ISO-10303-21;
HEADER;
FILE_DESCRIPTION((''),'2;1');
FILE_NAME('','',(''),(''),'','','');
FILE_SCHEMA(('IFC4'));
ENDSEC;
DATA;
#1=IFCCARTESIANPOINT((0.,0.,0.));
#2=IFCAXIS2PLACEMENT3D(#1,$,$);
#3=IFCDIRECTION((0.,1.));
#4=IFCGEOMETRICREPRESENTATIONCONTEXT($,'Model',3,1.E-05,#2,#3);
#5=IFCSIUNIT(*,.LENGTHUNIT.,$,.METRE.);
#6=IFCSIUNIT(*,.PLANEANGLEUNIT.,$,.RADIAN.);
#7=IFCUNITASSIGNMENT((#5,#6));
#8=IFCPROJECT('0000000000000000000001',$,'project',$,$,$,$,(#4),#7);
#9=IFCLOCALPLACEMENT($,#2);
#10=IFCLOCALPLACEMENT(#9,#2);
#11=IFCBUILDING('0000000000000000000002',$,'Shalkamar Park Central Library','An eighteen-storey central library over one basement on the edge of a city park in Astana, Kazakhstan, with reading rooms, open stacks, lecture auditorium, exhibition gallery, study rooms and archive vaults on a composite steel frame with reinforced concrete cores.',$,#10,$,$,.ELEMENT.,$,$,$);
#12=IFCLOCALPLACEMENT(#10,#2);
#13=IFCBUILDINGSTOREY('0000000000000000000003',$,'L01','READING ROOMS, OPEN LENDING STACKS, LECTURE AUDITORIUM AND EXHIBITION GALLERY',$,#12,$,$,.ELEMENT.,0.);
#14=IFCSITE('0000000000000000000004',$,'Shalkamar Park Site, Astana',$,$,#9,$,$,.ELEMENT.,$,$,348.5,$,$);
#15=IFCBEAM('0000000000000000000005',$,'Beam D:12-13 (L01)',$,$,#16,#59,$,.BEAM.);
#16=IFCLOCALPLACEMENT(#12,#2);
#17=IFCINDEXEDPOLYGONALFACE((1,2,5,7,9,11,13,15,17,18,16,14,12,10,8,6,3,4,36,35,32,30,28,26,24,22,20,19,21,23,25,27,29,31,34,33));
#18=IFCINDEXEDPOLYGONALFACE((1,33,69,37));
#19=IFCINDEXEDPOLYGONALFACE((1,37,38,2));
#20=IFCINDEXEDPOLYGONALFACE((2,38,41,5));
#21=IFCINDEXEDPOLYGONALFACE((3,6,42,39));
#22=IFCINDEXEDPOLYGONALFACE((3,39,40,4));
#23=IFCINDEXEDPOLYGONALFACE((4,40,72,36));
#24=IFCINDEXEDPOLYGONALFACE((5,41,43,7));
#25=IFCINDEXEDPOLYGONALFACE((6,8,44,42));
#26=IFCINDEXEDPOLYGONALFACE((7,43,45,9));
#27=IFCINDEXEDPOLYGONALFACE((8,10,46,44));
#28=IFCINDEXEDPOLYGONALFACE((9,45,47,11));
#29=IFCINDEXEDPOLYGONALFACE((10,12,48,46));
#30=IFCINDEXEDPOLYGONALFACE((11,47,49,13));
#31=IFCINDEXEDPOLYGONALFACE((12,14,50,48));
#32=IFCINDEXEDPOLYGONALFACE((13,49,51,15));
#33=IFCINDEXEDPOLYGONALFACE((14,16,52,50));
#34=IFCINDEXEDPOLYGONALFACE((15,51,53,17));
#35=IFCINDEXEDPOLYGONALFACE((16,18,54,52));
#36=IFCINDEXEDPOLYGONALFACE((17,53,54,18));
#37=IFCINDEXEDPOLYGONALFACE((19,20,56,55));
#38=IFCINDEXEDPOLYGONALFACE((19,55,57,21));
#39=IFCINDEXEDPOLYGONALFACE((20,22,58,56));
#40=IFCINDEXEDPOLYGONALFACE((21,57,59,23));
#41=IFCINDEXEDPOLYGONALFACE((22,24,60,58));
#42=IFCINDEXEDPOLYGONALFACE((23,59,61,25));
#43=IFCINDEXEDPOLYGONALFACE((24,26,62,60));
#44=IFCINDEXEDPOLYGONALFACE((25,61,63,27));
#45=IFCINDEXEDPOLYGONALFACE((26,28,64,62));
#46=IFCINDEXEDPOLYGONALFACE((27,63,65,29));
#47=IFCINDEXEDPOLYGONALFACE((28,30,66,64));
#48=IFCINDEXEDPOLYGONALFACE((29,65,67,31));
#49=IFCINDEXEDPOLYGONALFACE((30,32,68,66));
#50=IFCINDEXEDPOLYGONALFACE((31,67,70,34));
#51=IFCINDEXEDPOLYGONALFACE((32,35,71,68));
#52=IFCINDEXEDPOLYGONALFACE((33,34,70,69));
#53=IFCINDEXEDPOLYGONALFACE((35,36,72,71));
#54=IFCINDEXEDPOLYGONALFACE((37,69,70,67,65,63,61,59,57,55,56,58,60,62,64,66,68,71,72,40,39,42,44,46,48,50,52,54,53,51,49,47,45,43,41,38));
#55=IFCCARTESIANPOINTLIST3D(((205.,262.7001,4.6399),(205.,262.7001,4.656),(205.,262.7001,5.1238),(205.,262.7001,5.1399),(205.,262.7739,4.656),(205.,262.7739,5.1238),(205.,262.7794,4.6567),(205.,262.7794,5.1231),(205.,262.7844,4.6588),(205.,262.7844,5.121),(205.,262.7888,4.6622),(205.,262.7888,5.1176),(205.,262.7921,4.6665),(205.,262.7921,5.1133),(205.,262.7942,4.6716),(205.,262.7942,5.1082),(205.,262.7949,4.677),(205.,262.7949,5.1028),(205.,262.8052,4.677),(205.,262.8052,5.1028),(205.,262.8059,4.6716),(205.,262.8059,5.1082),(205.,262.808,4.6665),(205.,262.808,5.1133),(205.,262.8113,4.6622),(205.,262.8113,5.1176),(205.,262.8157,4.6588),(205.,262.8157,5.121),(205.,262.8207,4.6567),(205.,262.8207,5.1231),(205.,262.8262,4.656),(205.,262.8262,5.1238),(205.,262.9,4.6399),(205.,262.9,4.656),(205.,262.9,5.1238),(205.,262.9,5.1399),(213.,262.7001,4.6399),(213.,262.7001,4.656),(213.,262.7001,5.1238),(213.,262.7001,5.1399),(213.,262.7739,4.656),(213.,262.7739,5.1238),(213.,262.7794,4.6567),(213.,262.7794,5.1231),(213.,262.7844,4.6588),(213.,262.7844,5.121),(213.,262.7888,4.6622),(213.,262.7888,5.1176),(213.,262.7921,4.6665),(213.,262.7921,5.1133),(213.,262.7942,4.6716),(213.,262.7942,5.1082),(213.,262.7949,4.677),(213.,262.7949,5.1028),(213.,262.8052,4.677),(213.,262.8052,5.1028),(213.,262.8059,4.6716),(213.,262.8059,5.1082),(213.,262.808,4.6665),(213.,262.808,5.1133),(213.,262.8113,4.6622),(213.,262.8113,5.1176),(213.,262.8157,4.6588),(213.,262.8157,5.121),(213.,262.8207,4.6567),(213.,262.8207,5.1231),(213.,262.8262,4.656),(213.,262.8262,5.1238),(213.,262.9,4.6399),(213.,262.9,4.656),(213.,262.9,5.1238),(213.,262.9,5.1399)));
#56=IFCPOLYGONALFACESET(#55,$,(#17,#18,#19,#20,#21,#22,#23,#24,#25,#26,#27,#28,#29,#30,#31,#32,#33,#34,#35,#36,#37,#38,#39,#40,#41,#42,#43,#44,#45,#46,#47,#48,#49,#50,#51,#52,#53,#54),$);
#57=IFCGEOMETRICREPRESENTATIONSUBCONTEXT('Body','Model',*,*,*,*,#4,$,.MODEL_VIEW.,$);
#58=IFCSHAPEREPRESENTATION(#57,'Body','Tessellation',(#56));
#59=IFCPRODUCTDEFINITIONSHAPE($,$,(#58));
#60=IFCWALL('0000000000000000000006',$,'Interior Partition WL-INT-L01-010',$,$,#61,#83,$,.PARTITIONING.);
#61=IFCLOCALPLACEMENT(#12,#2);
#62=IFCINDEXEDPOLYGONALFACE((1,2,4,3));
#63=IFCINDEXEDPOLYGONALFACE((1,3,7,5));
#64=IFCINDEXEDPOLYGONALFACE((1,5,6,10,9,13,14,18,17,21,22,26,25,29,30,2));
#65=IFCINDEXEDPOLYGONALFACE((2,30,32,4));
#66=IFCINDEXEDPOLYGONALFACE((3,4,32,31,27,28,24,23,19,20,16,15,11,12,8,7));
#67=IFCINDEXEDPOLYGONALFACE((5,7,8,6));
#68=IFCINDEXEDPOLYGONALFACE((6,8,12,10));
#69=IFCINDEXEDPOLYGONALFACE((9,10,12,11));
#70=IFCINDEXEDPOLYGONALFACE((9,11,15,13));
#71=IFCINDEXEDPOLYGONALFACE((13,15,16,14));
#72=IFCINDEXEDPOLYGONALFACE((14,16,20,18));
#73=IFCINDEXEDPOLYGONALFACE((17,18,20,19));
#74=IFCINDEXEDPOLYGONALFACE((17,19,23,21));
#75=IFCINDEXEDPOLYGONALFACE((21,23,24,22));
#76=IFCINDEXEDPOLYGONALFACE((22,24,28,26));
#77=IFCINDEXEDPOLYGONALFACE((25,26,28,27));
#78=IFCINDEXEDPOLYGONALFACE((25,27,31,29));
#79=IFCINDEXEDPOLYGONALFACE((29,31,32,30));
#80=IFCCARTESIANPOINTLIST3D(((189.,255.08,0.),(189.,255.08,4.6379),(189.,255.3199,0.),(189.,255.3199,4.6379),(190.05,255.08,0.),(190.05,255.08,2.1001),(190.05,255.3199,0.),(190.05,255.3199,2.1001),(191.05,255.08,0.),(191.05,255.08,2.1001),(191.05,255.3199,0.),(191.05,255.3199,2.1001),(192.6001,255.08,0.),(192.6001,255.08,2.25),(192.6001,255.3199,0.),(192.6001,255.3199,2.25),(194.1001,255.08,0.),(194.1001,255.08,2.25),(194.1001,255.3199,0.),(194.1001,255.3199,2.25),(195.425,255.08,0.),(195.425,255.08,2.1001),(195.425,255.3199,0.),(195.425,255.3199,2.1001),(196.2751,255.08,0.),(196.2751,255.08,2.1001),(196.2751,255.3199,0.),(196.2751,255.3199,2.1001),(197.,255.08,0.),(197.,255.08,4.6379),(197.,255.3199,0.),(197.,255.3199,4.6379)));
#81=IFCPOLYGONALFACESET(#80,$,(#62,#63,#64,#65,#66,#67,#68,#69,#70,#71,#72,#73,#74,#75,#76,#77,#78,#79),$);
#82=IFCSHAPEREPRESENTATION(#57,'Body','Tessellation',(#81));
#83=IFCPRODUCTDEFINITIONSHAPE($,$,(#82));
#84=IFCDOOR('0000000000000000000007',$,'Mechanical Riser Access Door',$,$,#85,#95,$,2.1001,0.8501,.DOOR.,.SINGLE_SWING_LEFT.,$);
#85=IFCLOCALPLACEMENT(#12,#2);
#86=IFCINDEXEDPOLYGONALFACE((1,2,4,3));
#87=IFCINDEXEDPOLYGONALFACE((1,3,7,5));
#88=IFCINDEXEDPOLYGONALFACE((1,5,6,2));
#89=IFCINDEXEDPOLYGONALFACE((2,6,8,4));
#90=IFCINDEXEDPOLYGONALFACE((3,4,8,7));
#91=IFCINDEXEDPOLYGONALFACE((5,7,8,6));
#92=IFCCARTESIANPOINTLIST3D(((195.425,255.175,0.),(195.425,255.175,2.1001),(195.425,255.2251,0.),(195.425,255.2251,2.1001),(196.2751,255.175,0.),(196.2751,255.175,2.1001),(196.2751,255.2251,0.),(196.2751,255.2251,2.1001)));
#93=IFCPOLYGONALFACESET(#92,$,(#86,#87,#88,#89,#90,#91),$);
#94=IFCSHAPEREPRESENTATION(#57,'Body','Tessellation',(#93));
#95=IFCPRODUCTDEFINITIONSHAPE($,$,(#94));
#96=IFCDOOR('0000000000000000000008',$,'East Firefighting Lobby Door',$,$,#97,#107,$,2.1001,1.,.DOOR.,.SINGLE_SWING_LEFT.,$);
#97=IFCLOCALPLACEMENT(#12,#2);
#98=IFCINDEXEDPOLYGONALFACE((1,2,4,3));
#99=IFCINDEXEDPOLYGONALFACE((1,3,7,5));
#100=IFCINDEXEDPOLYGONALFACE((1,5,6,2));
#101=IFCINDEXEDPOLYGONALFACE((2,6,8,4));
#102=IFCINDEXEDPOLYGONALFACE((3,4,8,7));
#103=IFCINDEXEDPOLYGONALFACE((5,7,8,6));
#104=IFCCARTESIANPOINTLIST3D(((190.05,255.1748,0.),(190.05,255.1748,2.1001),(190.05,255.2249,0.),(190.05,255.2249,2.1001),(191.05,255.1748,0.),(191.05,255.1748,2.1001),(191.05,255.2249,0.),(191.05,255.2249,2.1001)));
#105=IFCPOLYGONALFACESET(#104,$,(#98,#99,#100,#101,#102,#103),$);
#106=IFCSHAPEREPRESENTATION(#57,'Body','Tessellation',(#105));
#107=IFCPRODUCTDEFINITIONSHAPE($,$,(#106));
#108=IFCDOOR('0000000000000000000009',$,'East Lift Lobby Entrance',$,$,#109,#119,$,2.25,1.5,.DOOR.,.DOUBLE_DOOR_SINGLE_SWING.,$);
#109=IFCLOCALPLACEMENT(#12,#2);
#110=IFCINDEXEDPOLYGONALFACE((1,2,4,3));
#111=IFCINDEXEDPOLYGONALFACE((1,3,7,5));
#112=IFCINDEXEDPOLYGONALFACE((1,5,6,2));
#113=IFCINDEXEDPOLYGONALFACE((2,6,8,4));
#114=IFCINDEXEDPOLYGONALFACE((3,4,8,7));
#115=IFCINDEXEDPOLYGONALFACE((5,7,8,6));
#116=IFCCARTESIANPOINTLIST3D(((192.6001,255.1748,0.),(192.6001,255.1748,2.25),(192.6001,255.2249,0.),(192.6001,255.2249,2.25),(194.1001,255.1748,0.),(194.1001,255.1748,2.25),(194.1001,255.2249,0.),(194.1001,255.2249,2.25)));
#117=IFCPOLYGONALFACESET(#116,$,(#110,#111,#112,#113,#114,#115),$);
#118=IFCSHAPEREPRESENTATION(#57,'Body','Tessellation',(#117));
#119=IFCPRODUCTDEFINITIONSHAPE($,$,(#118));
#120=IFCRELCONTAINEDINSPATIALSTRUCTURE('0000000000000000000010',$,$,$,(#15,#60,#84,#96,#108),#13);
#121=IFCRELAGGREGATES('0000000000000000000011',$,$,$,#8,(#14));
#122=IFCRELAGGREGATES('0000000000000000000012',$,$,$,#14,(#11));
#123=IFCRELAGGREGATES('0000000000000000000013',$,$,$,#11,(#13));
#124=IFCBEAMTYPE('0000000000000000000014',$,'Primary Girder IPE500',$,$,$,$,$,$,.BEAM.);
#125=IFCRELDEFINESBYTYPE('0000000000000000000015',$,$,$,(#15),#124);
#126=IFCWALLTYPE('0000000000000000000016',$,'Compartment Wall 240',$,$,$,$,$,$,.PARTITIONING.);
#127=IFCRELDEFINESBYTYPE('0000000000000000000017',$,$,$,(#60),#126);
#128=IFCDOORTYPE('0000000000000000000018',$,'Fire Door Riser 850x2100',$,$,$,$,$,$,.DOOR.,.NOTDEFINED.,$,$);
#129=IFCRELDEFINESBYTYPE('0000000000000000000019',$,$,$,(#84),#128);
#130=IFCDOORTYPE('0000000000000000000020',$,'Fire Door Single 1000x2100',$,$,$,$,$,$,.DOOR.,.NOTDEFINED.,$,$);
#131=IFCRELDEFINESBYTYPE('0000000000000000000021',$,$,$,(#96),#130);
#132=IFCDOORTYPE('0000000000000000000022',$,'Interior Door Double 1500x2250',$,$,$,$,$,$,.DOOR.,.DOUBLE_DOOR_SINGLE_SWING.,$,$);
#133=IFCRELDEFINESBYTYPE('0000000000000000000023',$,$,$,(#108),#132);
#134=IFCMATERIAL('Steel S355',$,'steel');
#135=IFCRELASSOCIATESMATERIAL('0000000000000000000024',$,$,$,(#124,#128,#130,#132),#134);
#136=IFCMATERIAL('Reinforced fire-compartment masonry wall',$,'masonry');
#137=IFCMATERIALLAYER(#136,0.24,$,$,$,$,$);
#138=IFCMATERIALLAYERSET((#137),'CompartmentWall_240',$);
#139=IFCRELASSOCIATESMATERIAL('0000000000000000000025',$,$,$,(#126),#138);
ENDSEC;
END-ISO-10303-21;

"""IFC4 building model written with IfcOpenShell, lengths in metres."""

from ifc_helpers import new_model, si_unit, direction, frame, frame_2d, origin, origin_2d, place, context, subcontext, project, spatial, rectangle, i_section, extrude, material, layer, layer_set, material_profile, profile_set, type_object, element, fill, save


model = new_model("IFC4")

# Units and contexts
model_context = context("Model", 3, precision=1e-05, world=origin(), true_north=direction((0.0, 1.0)))
body_context = subcontext(model_context, "Body", "Model", "MODEL_VIEW")
ifc_project = project(units=[si_unit("LENGTHUNIT", "METRE"), si_unit("PLANEANGLEUNIT", "RADIAN")], contexts=[model_context])

# Site, building, storey
site_placement = place(None, origin())
site = spatial("IfcSite", under=ifc_project, at=site_placement, Name="Shalkamar Park Site, Astana", CompositionType="ELEMENT", RefElevation=348.5)
building_placement = place(site_placement, origin())
building = spatial("IfcBuilding", under=site, at=building_placement, Name="Shalkamar Park Central Library", Description="An eighteen-storey central library over one basement on the edge of a city park in Astana, Kazakhstan, with reading rooms, open stacks, lecture auditorium, exhibition gallery, study rooms and archive vaults on a composite steel frame with reinforced concrete cores.", CompositionType="ELEMENT")
storey_placement = place(building_placement, origin())
storey = spatial("IfcBuildingStorey", under=building, at=storey_placement, Name="L01", Description="READING ROOMS, OPEN LENDING STACKS, LECTURE AUDITORIUM AND EXHIBITION GALLERY", CompositionType="ELEMENT", Elevation=0.0)

# Shared definitions
ifc_material_1 = material(Name="Steel S355", Category="steel")

# Beam
ifc_material_profile_1 = material_profile(ifc_material_1, i_section(OverallWidth=0.2, OverallDepth=0.5, WebThickness=0.0103, FlangeThickness=0.0161, FilletRadius=0.021, at=origin_2d()), Name="IPE 500")
ifc_profile_set_1 = profile_set([ifc_material_profile_1], Name="Steel S355")
beam_type_1 = type_object("IfcBeamType", Name="Primary Girder IPE500", PredefinedType="BEAM", material=ifc_profile_set_1)
for number, where, z_axis, x_axis, name in (
    (1, (205.0, 262.8, 4.8899), (1.0, 0.0, 0.0), (0.0, 1.0, 0.0), "Beam D:12-13 (L01)"),
):
    element("IfcBeam", number, at=place(storey_placement, frame(where, z_axis=z_axis, x_axis=x_axis)), inside=storey, type_object=beam_type_1, Name=name, PredefinedType="BEAM", context=body_context, shape_type="SweptSolid", body=[
        extrude(i_section(OverallWidth=0.2, OverallDepth=0.5, WebThickness=0.0103, FlangeThickness=0.0161, FilletRadius=0.021, at=origin_2d()), origin(), (0.0, 0.0, 1.0), 8.0),
    ])

# Wall, openings, doors
ifc_material_2 = material(Name="Reinforced fire-compartment masonry wall", Category="masonry")
ifc_layer_1 = layer(ifc_material_2, 0.24)
ifc_layer_set_1 = layer_set([ifc_layer_1], Name="CompartmentWall_240")
wall_type_1 = type_object("IfcWallType", Name="Compartment Wall 240", PredefinedType="PARTITIONING", material=ifc_layer_set_1)
wall_1_placement = place(storey_placement, frame((189.0, 255.2, 0.0), z_axis=(0.0, 0.0, 1.0), x_axis=(1.0, 0.0, 0.0)))
wall_1 = element("IfcWall", 2, at=wall_1_placement, inside=storey, type_object=wall_type_1, Name="Interior Partition WL-INT-L01-010", PredefinedType="PARTITIONING", context=body_context, shape_type="SweptSolid", body=[
    extrude(rectangle(XDim=8.0, YDim=0.24, at=frame_2d((4.0, 0.0))), origin(), (0.0, 0.0, 1.0), 4.6379),
])
opening_1_placement = place(wall_1_placement, frame((1.05, 0.0, 0.0)))
opening_1 = element("IfcOpeningElement", 3, at=opening_1_placement, cuts=wall_1, PredefinedType="OPENING", context=body_context, shape_type="SweptSolid", body=[
    extrude(rectangle(XDim=1.0, YDim=2.1001, at=frame_2d((0.5, 1.05))), frame((0.0, 0.1348, 0.0), z_axis=(0.0, -1.0, 0.0), x_axis=(1.0, 0.0, 0.0)), (0.0, 0.0, 1.0), 0.2698),
])
opening_2_placement = place(wall_1_placement, frame((3.6001, 0.0, 0.0)))
opening_2 = element("IfcOpeningElement", 4, at=opening_2_placement, cuts=wall_1, PredefinedType="OPENING", context=body_context, shape_type="SweptSolid", body=[
    extrude(rectangle(XDim=1.5, YDim=2.25, at=frame_2d((0.75, 1.125))), frame((0.0, 0.1348, 0.0), z_axis=(0.0, -1.0, 0.0), x_axis=(1.0, 0.0, 0.0)), (0.0, 0.0, 1.0), 0.2698),
])
opening_3_placement = place(wall_1_placement, frame((6.425, 0.0, 0.0)))
opening_3 = element("IfcOpeningElement", 5, at=opening_3_placement, cuts=wall_1, PredefinedType="OPENING", context=body_context, shape_type="SweptSolid", body=[
    extrude(rectangle(XDim=0.8501, YDim=2.1001, at=frame_2d((0.425, 1.05))), frame((0.0, 0.1348, 0.0), z_axis=(0.0, -1.0, 0.0), x_axis=(1.0, 0.0, 0.0)), (0.0, 0.0, 1.0), 0.2698),
])
door_type_1 = type_object("IfcDoorType", Name="Fire Door Riser 850x2100", OperationType="NOTDEFINED", PredefinedType="DOOR", material=ifc_material_1)
door_1_placement = place(opening_3_placement, frame((0.8501, 0.0, 0.0), z_axis=(0.0, 0.0, 1.0), x_axis=(-1.0, 0.0, 0.0)))
door_1 = element("IfcDoor", 6, at=door_1_placement, inside=storey, type_object=door_type_1, Name="Mechanical Riser Access Door", OperationType="SINGLE_SWING_LEFT", OverallHeight=2.1001, OverallWidth=0.8501, PredefinedType="DOOR", context=body_context, shape_type="SweptSolid", body=[
    extrude(rectangle(XDim=0.8501, YDim=2.1001, at=frame_2d((0.425, 1.05))), frame((0.0, 0.0249, 0.0), z_axis=(0.0, -1.0, 0.0), x_axis=(1.0, 0.0, 0.0)), (0.0, 0.0, 1.0), 0.05),
])
fill(opening_3, door_1)
door_type_2 = type_object("IfcDoorType", Name="Fire Door Single 1000x2100", OperationType="NOTDEFINED", PredefinedType="DOOR", material=ifc_material_1)
door_2_placement = place(opening_1_placement, origin())
door_2 = element("IfcDoor", 7, at=door_2_placement, inside=storey, type_object=door_type_2, Name="East Firefighting Lobby Door", OperationType="SINGLE_SWING_LEFT", OverallHeight=2.1001, OverallWidth=1.0, PredefinedType="DOOR", context=body_context, shape_type="SweptSolid", body=[
    extrude(rectangle(XDim=1.0, YDim=2.1001, at=frame_2d((0.5, 1.05))), frame((0.0, 0.0249, 0.0), z_axis=(0.0, -1.0, 0.0), x_axis=(1.0, 0.0, 0.0)), (0.0, 0.0, 1.0), 0.05),
])
fill(opening_1, door_2)
door_type_3 = type_object("IfcDoorType", Name="Interior Door Double 1500x2250", OperationType="DOUBLE_DOOR_SINGLE_SWING", PredefinedType="DOOR", material=ifc_material_1)
door_3_placement = place(opening_2_placement, origin())
door_3 = element("IfcDoor", 8, at=door_3_placement, inside=storey, type_object=door_type_3, Name="East Lift Lobby Entrance", OperationType="DOUBLE_DOOR_SINGLE_SWING", OverallHeight=2.25, OverallWidth=1.5, PredefinedType="DOOR", context=body_context, shape_type="SweptSolid", body=[
    extrude(rectangle(XDim=1.5, YDim=2.25, at=frame_2d((0.75, 1.125))), frame((0.0, 0.0249, 0.0), z_axis=(0.0, -1.0, 0.0), x_axis=(1.0, 0.0, 0.0)), (0.0, 0.0, 1.0), 0.05),
])
fill(opening_2, door_3)

save(model, "model.ifc")
